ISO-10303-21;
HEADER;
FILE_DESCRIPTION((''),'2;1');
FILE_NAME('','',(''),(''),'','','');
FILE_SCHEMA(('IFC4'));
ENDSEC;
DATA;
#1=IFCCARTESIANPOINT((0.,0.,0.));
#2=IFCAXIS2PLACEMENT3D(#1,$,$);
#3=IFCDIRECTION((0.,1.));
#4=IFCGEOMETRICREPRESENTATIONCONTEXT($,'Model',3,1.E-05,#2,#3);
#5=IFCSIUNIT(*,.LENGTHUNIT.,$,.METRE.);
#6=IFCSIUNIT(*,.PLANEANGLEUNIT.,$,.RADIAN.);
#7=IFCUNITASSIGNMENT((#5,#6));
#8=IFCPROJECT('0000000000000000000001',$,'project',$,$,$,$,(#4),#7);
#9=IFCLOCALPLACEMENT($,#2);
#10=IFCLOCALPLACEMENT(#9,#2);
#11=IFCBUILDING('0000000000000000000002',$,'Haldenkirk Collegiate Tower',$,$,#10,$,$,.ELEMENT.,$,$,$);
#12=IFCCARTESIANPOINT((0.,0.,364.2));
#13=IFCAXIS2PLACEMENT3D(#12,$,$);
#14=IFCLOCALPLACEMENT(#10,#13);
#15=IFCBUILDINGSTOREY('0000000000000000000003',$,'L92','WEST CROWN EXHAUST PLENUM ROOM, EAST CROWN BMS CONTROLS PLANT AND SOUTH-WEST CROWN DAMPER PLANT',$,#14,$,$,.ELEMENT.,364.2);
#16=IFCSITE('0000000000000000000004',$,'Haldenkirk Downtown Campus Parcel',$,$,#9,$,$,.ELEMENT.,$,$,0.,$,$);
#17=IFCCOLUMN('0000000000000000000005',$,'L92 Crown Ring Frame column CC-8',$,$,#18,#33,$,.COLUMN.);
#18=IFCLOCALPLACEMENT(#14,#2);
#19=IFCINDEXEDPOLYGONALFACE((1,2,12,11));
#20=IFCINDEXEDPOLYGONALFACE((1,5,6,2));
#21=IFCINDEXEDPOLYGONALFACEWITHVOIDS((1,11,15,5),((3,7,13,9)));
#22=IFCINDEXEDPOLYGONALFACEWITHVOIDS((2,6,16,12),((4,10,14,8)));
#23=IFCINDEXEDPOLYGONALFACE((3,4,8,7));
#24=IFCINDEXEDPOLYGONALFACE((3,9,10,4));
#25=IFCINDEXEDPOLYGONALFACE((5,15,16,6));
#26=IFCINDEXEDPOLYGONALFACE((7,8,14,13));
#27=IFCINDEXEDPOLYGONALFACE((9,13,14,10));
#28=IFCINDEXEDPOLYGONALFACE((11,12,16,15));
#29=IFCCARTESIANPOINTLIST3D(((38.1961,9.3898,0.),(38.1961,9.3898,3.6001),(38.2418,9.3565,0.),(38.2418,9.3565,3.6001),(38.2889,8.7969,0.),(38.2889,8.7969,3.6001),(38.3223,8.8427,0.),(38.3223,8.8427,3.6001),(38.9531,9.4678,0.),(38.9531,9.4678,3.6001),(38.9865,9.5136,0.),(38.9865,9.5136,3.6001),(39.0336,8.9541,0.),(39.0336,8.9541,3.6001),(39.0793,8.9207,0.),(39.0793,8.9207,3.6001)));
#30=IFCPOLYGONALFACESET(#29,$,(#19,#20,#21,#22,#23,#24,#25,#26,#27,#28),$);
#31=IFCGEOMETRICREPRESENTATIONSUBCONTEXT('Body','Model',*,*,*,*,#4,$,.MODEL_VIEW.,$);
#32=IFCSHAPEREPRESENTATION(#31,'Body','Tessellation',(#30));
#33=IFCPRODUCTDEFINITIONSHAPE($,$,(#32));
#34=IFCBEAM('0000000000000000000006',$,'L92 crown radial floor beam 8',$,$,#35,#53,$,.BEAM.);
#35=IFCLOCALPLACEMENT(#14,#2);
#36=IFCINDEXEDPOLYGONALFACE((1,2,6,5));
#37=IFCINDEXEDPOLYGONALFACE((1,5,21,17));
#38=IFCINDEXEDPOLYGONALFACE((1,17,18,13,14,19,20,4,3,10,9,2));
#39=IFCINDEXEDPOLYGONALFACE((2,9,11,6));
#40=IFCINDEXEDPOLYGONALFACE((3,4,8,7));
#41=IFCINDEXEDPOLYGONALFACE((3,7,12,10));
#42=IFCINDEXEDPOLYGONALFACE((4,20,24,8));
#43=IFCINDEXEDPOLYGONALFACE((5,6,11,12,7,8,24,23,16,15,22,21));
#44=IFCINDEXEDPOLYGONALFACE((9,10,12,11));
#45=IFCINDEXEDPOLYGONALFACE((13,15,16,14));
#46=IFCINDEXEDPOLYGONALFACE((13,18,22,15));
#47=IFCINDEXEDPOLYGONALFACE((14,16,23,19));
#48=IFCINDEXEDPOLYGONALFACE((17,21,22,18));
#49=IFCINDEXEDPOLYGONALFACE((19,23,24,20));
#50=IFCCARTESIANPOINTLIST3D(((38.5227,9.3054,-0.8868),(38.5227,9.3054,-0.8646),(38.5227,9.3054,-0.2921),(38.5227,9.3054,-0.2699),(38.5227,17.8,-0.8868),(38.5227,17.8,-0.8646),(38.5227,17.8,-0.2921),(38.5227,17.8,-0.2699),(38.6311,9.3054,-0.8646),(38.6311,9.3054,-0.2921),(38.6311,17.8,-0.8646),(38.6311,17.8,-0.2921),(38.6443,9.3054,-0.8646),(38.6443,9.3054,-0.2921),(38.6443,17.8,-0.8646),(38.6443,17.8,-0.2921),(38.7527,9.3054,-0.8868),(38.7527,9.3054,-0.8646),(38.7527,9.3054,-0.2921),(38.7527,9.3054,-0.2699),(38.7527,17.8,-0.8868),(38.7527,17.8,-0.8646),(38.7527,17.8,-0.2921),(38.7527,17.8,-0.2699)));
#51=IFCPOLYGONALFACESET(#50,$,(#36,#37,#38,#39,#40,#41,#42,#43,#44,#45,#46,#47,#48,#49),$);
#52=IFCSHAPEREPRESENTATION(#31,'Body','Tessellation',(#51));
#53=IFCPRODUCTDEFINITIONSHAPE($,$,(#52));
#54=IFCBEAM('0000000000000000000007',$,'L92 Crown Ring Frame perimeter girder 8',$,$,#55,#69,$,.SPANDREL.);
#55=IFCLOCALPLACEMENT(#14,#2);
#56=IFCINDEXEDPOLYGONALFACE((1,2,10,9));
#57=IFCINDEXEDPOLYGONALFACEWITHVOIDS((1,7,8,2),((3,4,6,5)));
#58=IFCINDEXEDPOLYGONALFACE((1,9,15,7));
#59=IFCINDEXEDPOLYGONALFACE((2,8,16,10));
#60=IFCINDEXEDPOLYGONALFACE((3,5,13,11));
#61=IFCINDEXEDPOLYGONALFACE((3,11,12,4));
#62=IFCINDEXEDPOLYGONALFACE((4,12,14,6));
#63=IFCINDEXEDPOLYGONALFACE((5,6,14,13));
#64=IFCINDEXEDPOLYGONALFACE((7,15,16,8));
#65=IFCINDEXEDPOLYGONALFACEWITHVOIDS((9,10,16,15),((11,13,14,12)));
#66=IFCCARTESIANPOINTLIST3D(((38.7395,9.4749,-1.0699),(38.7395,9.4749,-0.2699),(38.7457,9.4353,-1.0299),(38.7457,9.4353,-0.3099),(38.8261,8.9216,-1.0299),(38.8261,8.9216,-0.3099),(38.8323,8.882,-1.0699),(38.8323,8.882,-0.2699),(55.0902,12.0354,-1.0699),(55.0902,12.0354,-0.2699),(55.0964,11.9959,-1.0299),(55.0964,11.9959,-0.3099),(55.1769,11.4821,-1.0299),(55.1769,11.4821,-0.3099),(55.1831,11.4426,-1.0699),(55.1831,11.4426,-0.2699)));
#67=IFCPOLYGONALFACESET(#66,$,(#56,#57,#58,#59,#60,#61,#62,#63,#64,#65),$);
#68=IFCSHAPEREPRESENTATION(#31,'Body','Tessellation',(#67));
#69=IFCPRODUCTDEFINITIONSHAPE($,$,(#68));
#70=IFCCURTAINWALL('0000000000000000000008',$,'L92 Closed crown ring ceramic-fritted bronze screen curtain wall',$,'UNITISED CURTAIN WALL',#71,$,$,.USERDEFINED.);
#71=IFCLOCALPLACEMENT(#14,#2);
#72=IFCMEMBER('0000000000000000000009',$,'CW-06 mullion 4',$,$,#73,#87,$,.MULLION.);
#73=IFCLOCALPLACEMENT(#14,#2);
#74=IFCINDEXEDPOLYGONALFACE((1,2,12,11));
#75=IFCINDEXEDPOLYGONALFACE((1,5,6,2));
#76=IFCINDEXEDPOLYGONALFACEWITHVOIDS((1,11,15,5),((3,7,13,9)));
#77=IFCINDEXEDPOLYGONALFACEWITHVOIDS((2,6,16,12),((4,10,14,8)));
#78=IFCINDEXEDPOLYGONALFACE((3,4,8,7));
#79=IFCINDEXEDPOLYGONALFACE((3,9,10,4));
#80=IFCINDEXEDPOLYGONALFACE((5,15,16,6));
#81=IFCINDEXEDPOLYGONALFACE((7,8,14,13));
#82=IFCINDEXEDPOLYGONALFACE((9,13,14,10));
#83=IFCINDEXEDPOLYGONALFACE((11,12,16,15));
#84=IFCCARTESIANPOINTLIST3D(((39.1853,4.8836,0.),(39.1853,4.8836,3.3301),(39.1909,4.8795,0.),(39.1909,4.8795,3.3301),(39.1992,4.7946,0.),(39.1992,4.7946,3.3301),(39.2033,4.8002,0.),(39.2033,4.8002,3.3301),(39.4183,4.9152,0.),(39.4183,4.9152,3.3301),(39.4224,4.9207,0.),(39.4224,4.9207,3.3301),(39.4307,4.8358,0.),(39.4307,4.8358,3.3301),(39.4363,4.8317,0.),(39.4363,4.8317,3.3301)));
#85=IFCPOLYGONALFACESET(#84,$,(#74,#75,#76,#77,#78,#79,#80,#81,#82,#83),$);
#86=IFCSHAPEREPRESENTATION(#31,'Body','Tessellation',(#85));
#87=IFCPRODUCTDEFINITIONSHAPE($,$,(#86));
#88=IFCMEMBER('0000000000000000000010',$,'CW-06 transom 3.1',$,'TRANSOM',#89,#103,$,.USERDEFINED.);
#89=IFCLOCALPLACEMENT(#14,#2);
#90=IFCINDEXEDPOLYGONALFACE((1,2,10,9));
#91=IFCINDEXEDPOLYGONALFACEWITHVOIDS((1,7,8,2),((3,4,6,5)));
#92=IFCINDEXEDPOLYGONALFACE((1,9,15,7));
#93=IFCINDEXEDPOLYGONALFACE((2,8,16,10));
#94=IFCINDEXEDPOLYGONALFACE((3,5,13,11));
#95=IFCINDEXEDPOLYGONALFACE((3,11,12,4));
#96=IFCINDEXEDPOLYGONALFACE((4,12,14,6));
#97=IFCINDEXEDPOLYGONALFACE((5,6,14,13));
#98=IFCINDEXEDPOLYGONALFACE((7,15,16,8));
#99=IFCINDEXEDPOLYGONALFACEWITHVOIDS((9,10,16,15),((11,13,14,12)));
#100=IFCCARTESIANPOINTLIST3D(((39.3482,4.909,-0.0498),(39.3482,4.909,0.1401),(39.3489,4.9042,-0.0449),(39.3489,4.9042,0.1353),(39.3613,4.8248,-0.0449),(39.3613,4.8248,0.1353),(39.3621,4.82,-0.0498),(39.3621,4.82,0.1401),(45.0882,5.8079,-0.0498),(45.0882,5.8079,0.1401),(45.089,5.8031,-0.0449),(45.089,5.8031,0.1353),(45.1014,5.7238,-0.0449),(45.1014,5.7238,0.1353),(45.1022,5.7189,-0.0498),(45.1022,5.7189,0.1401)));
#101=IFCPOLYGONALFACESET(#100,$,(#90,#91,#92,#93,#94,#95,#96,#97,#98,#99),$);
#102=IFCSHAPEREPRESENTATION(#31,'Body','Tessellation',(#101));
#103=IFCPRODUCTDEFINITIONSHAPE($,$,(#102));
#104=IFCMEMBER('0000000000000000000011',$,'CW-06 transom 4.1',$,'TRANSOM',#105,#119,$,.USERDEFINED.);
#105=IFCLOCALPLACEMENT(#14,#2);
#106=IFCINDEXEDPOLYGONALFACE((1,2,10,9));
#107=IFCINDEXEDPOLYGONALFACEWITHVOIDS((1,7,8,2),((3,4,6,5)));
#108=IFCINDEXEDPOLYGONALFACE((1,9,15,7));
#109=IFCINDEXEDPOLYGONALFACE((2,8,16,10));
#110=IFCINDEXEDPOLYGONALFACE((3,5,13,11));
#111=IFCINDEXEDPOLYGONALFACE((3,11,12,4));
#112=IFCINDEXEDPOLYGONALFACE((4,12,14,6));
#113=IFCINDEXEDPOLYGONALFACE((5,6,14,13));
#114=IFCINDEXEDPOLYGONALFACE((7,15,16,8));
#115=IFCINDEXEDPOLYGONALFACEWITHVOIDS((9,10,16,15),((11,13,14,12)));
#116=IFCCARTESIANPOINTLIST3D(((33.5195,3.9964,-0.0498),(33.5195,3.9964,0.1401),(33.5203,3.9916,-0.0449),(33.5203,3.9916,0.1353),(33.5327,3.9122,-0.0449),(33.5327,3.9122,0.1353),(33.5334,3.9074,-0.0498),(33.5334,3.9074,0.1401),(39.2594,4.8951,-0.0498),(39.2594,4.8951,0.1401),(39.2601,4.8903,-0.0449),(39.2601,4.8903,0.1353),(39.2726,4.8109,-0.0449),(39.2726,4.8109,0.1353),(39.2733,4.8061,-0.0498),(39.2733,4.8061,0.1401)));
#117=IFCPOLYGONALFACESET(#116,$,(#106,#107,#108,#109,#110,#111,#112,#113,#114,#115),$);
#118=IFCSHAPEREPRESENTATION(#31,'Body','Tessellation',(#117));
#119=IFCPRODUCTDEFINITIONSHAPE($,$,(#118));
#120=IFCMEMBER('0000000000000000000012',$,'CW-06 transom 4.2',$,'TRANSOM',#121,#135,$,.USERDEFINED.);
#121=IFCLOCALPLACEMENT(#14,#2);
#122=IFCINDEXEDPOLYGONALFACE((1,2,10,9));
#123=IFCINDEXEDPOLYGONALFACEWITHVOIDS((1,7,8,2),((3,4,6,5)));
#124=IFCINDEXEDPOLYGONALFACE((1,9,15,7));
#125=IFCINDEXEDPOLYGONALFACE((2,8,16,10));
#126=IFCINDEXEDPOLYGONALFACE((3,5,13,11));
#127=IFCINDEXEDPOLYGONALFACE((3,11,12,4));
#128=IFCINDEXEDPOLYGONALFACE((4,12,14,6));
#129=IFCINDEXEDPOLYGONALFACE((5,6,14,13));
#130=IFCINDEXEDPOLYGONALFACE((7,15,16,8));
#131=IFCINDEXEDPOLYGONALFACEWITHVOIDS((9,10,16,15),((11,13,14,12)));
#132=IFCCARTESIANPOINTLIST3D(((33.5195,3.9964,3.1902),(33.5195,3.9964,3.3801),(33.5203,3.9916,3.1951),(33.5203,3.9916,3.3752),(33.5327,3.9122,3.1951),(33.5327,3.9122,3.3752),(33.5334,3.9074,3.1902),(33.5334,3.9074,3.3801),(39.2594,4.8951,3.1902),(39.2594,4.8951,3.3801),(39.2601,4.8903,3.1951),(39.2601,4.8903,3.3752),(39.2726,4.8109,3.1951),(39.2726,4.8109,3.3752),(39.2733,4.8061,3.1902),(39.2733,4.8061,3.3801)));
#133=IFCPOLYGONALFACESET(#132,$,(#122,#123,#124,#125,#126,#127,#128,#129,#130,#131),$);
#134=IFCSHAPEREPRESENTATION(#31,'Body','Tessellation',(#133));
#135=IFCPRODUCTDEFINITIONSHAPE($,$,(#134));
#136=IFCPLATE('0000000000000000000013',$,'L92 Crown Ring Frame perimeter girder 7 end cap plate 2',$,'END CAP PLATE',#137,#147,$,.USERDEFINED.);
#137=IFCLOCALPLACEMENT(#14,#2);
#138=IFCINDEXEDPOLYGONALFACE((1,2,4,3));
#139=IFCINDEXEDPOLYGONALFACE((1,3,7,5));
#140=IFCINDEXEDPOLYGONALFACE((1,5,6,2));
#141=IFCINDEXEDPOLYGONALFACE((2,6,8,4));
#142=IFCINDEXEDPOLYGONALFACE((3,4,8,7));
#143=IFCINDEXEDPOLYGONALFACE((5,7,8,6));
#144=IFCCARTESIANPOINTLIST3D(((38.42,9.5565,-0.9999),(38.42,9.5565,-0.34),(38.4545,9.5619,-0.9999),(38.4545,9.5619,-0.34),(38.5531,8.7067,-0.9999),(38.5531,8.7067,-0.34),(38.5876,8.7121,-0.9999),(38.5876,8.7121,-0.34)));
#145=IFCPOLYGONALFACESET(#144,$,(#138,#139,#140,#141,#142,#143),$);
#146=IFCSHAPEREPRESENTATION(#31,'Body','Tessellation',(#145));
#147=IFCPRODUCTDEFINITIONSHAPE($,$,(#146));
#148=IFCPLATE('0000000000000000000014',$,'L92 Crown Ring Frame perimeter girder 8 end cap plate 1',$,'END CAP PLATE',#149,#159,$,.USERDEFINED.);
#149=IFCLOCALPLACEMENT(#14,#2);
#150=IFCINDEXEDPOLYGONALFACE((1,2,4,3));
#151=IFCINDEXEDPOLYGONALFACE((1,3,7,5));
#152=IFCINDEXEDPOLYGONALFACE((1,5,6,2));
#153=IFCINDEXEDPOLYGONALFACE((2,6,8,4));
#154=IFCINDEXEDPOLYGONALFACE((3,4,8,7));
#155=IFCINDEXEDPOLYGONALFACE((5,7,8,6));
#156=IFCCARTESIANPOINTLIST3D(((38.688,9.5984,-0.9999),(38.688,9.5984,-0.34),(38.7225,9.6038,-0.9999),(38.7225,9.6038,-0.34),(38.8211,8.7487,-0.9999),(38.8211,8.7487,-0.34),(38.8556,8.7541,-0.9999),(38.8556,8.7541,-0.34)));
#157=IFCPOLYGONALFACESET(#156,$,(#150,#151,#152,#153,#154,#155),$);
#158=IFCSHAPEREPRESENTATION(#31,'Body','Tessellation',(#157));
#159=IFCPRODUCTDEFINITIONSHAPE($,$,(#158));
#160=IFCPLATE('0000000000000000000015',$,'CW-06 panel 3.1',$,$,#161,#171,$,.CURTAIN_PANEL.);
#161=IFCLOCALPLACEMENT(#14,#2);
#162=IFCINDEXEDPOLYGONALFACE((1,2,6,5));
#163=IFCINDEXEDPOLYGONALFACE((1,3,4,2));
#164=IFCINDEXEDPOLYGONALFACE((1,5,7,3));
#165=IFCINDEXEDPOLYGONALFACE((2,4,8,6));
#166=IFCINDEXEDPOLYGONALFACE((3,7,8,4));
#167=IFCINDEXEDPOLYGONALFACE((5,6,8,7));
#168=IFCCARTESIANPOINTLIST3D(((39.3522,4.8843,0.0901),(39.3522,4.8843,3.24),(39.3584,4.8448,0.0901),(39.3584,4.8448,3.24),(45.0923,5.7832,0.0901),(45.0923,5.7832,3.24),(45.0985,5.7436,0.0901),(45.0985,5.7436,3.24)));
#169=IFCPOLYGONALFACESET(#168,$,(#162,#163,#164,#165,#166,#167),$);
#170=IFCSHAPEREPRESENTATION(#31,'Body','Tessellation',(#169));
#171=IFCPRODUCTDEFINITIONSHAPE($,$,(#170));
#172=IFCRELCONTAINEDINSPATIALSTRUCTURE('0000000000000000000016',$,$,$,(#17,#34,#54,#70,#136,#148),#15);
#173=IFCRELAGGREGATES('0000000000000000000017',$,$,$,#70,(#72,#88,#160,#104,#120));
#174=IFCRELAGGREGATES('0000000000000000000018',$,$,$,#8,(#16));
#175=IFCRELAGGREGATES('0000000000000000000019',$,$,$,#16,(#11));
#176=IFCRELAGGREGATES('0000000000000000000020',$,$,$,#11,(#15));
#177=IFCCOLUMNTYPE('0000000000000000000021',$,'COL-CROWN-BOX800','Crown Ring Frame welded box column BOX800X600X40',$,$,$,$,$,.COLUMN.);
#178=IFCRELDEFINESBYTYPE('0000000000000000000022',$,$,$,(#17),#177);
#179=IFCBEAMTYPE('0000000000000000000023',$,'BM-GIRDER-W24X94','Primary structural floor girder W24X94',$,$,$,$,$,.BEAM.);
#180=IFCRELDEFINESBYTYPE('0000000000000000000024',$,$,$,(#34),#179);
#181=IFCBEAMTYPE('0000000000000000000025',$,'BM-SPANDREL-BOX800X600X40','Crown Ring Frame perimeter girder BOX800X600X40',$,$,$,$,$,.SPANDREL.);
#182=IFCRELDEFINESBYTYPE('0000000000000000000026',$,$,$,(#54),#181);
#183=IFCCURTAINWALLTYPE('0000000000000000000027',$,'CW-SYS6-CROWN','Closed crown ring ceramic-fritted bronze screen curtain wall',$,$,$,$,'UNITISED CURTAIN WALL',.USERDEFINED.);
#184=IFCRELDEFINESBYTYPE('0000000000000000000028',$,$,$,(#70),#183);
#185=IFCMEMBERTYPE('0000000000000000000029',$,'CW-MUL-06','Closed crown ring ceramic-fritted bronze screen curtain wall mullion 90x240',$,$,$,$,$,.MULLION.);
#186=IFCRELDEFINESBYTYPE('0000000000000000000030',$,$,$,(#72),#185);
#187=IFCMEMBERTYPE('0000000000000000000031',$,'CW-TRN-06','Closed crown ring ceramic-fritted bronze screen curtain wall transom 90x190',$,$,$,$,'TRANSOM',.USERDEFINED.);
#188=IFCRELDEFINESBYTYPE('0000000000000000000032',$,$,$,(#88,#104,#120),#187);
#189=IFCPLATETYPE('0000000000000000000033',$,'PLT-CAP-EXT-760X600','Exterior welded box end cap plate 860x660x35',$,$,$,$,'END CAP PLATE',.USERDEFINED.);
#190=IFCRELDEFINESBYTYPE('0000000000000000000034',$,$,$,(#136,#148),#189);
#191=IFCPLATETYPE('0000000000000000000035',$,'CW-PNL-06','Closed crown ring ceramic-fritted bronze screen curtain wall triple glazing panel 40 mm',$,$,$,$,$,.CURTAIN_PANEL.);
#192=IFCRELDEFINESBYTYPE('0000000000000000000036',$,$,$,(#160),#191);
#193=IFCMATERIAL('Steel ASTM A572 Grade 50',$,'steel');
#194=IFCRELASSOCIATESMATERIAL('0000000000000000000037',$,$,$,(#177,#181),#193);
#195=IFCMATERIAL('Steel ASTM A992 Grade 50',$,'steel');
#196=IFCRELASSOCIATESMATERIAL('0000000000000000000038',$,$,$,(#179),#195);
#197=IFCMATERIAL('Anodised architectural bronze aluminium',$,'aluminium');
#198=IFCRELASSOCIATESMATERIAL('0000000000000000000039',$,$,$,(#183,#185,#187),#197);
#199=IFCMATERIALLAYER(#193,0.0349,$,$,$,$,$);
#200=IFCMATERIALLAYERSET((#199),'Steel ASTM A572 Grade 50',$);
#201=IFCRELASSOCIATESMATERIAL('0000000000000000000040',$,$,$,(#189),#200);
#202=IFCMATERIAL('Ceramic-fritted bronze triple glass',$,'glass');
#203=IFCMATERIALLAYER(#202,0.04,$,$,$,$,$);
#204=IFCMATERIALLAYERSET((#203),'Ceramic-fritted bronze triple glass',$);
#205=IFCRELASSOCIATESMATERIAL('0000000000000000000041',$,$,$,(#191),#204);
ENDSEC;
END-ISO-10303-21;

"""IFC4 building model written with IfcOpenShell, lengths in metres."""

from ifc_helpers import new_model, si_unit, direction, frame, origin, origin_2d, place, context, subcontext, project, spatial, rectangle, hollow_rectangle, i_section, extrude, source, transform, mapped, material, layer, layer_set, material_profile, profile_set, type_object, element, aggregate, save


model = new_model("IFC4")

# Units and contexts
model_context = context("Model", 3, precision=1e-05, world=origin(), true_north=direction((0.0, 1.0)))
body_context = subcontext(model_context, "Body", "Model", "MODEL_VIEW")
ifc_project = project(units=[si_unit("LENGTHUNIT", "METRE"), si_unit("PLANEANGLEUNIT", "RADIAN")], contexts=[model_context])

# Site, building, storey
site_placement = place(None, origin())
site = spatial("IfcSite", under=ifc_project, at=site_placement, Name="Haldenkirk Downtown Campus Parcel", CompositionType="ELEMENT", RefElevation=0.0)
building_placement = place(site_placement, origin())
building = spatial("IfcBuilding", under=site, at=building_placement, Name="Haldenkirk Collegiate Tower", CompositionType="ELEMENT")
storey_placement = place(building_placement, frame((0.0, 0.0, 364.2)))
storey = spatial("IfcBuildingStorey", under=building, at=storey_placement, Name="L92", Description="WEST CROWN EXHAUST PLENUM ROOM, EAST CROWN BMS CONTROLS PLANT AND SOUTH-WEST CROWN DAMPER PLANT", CompositionType="ELEMENT", Elevation=364.2)

# Column
ifc_material_1 = material(Name="Steel ASTM A572 Grade 50", Category="steel")
ifc_material_profile_1 = material_profile(ifc_material_1, hollow_rectangle(XDim=0.6001, YDim=0.8, WallThickness=0.04, at=origin_2d()), Name="BOX800X600X40")
ifc_profile_set_1 = profile_set([ifc_material_profile_1], Name="Steel ASTM A572 Grade 50")
column_type = type_object("IfcColumnType", Name="COL-CROWN-BOX800", Description="Crown Ring Frame welded box column BOX800X600X40", PredefinedType="COLUMN", material=ifc_profile_set_1)
column_placement = place(storey_placement, frame((38.6377, 9.1553, 0.0), z_axis=(0.0, 0.0, 1.0), x_axis=(-0.15471, 0.98796, 0.0)))
element("IfcColumn", 1, at=column_placement, inside=storey, type_object=column_type, Name="L92 Crown Ring Frame column CC-8", PredefinedType="COLUMN", context=body_context, shape_type="SweptSolid", body=[
    extrude(hollow_rectangle(XDim=0.6001, YDim=0.8, WallThickness=0.04, at=origin_2d()), origin(), (0.0, 0.0, 1.0), 3.6001),
])

# Beams
ifc_material_2 = material(Name="Steel ASTM A992 Grade 50", Category="steel")
ifc_material_profile_2 = material_profile(ifc_material_2, i_section(OverallWidth=0.23, OverallDepth=0.6169, WebThickness=0.0132, FlangeThickness=0.0222, at=origin_2d()), Name="W24X94")
ifc_profile_set_2 = profile_set([ifc_material_profile_2], Name="Steel ASTM A992 Grade 50")
beam_type_1 = type_object("IfcBeamType", Name="BM-GIRDER-W24X94", Description="Primary structural floor girder W24X94", PredefinedType="BEAM", material=ifc_profile_set_2)
beam_1_placement = place(storey_placement, frame((38.6377, 9.3054, -0.5784), z_axis=(0.0, 1.0, 0.0), x_axis=(-1.0, 0.0, 0.0)))
element("IfcBeam", 2, at=beam_1_placement, inside=storey, type_object=beam_type_1, Name="L92 crown radial floor beam 8", PredefinedType="BEAM", context=body_context, shape_type="SweptSolid", body=[
    extrude(i_section(OverallWidth=0.23, OverallDepth=0.6169, WebThickness=0.0132, FlangeThickness=0.0222, at=origin_2d()), origin(), (0.0, 0.0, 1.0), 8.4946),
])
ifc_material_profile_3 = material_profile(ifc_material_1, hollow_rectangle(XDim=0.6001, YDim=0.8, WallThickness=0.04, at=origin_2d()), Name="BOX800X600X40")
ifc_profile_set_3 = profile_set([ifc_material_profile_3], Name="Steel ASTM A572 Grade 50")
beam_type_2 = type_object("IfcBeamType", Name="BM-SPANDREL-BOX800X600X40", Description="Crown Ring Frame perimeter girder BOX800X600X40", PredefinedType="SPANDREL", material=ifc_profile_set_3)
beam_2_placement = place(storey_placement, frame((38.7859, 9.1785, -0.6699), z_axis=(0.987959, 0.154715, 0.0), x_axis=(-0.154715, 0.987959, 0.0)))
element("IfcBeam", 3, at=beam_2_placement, inside=storey, type_object=beam_type_2, Name="L92 Crown Ring Frame perimeter girder 8", PredefinedType="SPANDREL", context=body_context, shape_type="SweptSolid", body=[
    extrude(hollow_rectangle(XDim=0.6001, YDim=0.8, WallThickness=0.04, at=origin_2d()), origin(), (0.0, 0.0, 1.0), 16.55),
])

# Curtain wall, members
ifc_material_3 = material(Name="Anodised architectural bronze aluminium", Category="aluminium")
curtain_wall_type = type_object("IfcCurtainWallType", Name="CW-SYS6-CROWN", Description="Closed crown ring ceramic-fritted bronze screen curtain wall", ElementType="UNITISED CURTAIN WALL", PredefinedType="USERDEFINED", material=ifc_material_3)
curtain_wall_placement = place(storey_placement, origin())
curtain_wall = element("IfcCurtainWall", 4, at=curtain_wall_placement, inside=storey, type_object=curtain_wall_type, Name="L92 Closed crown ring ceramic-fritted bronze screen curtain wall", ObjectType="UNITISED CURTAIN WALL", PredefinedType="USERDEFINED")
ifc_material_profile_4 = material_profile(ifc_material_3, hollow_rectangle(XDim=0.0901, YDim=0.24, WallThickness=0.0049, at=origin_2d()), Name="CW-MUL-06")
ifc_profile_set_4 = profile_set([ifc_material_profile_4], Name="Anodised architectural bronze aluminium")
member_type_1 = type_object("IfcMemberType", Name="CW-MUL-06", Description="Closed crown ring ceramic-fritted bronze screen curtain wall mullion 90x240", PredefinedType="MULLION", material=ifc_profile_set_4)
member_1_placement = place(storey_placement, frame((39.3108, 4.8577, 0.0), z_axis=(0.0, 0.0, 1.0), x_axis=(0.154709, -0.98796, 0.0)))
member_1 = element("IfcMember", 5, at=member_1_placement, type_object=member_type_1, Name="CW-06 mullion 4", PredefinedType="MULLION", context=body_context, shape_type="SweptSolid", body=[
    extrude(hollow_rectangle(XDim=0.0901, YDim=0.24, WallThickness=0.0049, at=origin_2d()), origin(), (0.0, 0.0, 1.0), 3.3301),
])
ifc_material_profile_5 = material_profile(ifc_material_3, hollow_rectangle(XDim=0.0901, YDim=0.1899, WallThickness=0.0049, at=origin_2d()), Name="CW-TRN-06")
ifc_profile_set_5 = profile_set([ifc_material_profile_5], Name="Anodised architectural bronze aluminium")
member_type_2 = type_object("IfcMemberType", Name="CW-TRN-06", Description="Closed crown ring ceramic-fritted bronze screen curtain wall transom 90x190", ElementType="TRANSOM", PredefinedType="USERDEFINED", material=ifc_profile_set_5)
member_2_placement = place(storey_placement, frame((45.0952, 5.7634, 0.0452), z_axis=(-0.987958, -0.154722, 0.0), x_axis=(0.154722, -0.987958, 0.0)))
member_2 = element("IfcMember", 6, at=member_2_placement, type_object=member_type_2, Name="CW-06 transom 3.1", ObjectType="TRANSOM", PredefinedType="USERDEFINED", context=body_context, shape_type="SweptSolid", body=[
    extrude(hollow_rectangle(XDim=0.0901, YDim=0.1899, WallThickness=0.0049, at=origin_2d()), origin(), (0.0, 0.0, 1.0), 5.8101),
])
member_3_placement = place(storey_placement, frame((39.2664, 4.8506, 0.0452), z_axis=(-0.987965, -0.154681, 0.0), x_axis=(0.154681, -0.987965, 0.0)))
member_3 = element("IfcMember", 7, at=member_3_placement, type_object=member_type_2, Name="CW-06 transom 4.1", ObjectType="TRANSOM", PredefinedType="USERDEFINED", context=body_context, shape_type="SweptSolid", body=[
    extrude(hollow_rectangle(XDim=0.0901, YDim=0.1899, WallThickness=0.0049, at=origin_2d()), origin(), (0.0, 0.0, 1.0), 5.8098),
])
member_4_placement = place(storey_placement, frame((39.2664, 4.8506, 3.2852), z_axis=(-0.987965, -0.154681, 0.0), x_axis=(0.154681, -0.987965, 0.0)))
member_4 = element("IfcMember", 8, at=member_4_placement, type_object=member_type_2, Name="CW-06 transom 4.2", ObjectType="TRANSOM", PredefinedType="USERDEFINED", context=body_context, shape_type="SweptSolid", body=[
    extrude(hollow_rectangle(XDim=0.0901, YDim=0.1899, WallThickness=0.0049, at=origin_2d()), origin(), (0.0, 0.0, 1.0), 5.8098),
])

# Plates
ifc_layer_1 = layer(ifc_material_1, 0.0349)
ifc_layer_set_1 = layer_set([ifc_layer_1], Name="Steel ASTM A572 Grade 50")
plate_type_1 = type_object("IfcPlateType", Name="PLT-CAP-EXT-760X600", Description="Exterior welded box end cap plate 860x660x35", ElementType="END CAP PLATE", PredefinedType="USERDEFINED", material=ifc_layer_set_1)
shared_shape_1 = source(origin(), body_context, "Body", "SweptSolid", [
    extrude(rectangle(XDim=0.8601, YDim=0.6599, at=origin_2d()), origin(), (0.0, 0.0, 1.0), 0.0349),
])
for number, where, z_axis, x_axis, name in (
    (9, (38.4866, 9.1316, -0.6699), (0.987959, 0.154713, 0.0), (-0.154713, 0.987959, 0.0), "L92 Crown Ring Frame perimeter girder 7 end cap plate 2"),
    (10, (38.7891, 9.179, -0.6699), (-0.987959, -0.154713, 0.0), (0.154713, -0.987959, 0.0), "L92 Crown Ring Frame perimeter girder 8 end cap plate 1"),
):
    element("IfcPlate", number, at=place(storey_placement, frame(where, z_axis=z_axis, x_axis=x_axis)), inside=storey, type_object=plate_type_1, Name=name, ObjectType="END CAP PLATE", PredefinedType="USERDEFINED", context=body_context, shape_type="MappedRepresentation", body=[
        mapped(shared_shape_1, transform((0.0, 0.0, 0.0), x_axis=(1.0, 0.0, 0.0), y_axis=(0.0, 1.0, 0.0), z_axis=(0.0, 0.0, 1.0), scale=1.0)),
    ])

# Plate
ifc_material_4 = material(Name="Ceramic-fritted bronze triple glass", Category="glass")
ifc_layer_2 = layer(ifc_material_4, 0.04)
ifc_layer_set_2 = layer_set([ifc_layer_2], Name="Ceramic-fritted bronze triple glass")
plate_type_2 = type_object("IfcPlateType", Name="CW-PNL-06", Description="Closed crown ring ceramic-fritted bronze screen curtain wall triple glazing panel 40 mm", PredefinedType="CURTAIN_PANEL", material=ifc_layer_set_2)
shared_shape_2 = source(origin(), body_context, "Body", "SweptSolid", [
    extrude(rectangle(XDim=5.8101, YDim=0.04, at=origin_2d()), origin(), (0.0, 0.0, 1.0), 3.1499),
])
plate_1_placement = place(storey_placement, frame((42.2253, 5.314, 0.0901), z_axis=(0.0, 0.0, 1.0), x_axis=(-0.98796, -0.154709, 0.0)))
plate_1 = element("IfcPlate", 11, at=plate_1_placement, type_object=plate_type_2, Name="CW-06 panel 3.1", PredefinedType="CURTAIN_PANEL", context=body_context, shape_type="MappedRepresentation", body=[
    mapped(shared_shape_2, transform((0.0, 0.0, 0.0), x_axis=(1.0, 0.0, 0.0), y_axis=(0.0, 1.0, 0.0), z_axis=(0.0, 0.0, 1.0), scale=1.0)),
])
aggregate(curtain_wall, [member_1, member_2, plate_1, member_3, member_4])

save(model, "model.ifc")
